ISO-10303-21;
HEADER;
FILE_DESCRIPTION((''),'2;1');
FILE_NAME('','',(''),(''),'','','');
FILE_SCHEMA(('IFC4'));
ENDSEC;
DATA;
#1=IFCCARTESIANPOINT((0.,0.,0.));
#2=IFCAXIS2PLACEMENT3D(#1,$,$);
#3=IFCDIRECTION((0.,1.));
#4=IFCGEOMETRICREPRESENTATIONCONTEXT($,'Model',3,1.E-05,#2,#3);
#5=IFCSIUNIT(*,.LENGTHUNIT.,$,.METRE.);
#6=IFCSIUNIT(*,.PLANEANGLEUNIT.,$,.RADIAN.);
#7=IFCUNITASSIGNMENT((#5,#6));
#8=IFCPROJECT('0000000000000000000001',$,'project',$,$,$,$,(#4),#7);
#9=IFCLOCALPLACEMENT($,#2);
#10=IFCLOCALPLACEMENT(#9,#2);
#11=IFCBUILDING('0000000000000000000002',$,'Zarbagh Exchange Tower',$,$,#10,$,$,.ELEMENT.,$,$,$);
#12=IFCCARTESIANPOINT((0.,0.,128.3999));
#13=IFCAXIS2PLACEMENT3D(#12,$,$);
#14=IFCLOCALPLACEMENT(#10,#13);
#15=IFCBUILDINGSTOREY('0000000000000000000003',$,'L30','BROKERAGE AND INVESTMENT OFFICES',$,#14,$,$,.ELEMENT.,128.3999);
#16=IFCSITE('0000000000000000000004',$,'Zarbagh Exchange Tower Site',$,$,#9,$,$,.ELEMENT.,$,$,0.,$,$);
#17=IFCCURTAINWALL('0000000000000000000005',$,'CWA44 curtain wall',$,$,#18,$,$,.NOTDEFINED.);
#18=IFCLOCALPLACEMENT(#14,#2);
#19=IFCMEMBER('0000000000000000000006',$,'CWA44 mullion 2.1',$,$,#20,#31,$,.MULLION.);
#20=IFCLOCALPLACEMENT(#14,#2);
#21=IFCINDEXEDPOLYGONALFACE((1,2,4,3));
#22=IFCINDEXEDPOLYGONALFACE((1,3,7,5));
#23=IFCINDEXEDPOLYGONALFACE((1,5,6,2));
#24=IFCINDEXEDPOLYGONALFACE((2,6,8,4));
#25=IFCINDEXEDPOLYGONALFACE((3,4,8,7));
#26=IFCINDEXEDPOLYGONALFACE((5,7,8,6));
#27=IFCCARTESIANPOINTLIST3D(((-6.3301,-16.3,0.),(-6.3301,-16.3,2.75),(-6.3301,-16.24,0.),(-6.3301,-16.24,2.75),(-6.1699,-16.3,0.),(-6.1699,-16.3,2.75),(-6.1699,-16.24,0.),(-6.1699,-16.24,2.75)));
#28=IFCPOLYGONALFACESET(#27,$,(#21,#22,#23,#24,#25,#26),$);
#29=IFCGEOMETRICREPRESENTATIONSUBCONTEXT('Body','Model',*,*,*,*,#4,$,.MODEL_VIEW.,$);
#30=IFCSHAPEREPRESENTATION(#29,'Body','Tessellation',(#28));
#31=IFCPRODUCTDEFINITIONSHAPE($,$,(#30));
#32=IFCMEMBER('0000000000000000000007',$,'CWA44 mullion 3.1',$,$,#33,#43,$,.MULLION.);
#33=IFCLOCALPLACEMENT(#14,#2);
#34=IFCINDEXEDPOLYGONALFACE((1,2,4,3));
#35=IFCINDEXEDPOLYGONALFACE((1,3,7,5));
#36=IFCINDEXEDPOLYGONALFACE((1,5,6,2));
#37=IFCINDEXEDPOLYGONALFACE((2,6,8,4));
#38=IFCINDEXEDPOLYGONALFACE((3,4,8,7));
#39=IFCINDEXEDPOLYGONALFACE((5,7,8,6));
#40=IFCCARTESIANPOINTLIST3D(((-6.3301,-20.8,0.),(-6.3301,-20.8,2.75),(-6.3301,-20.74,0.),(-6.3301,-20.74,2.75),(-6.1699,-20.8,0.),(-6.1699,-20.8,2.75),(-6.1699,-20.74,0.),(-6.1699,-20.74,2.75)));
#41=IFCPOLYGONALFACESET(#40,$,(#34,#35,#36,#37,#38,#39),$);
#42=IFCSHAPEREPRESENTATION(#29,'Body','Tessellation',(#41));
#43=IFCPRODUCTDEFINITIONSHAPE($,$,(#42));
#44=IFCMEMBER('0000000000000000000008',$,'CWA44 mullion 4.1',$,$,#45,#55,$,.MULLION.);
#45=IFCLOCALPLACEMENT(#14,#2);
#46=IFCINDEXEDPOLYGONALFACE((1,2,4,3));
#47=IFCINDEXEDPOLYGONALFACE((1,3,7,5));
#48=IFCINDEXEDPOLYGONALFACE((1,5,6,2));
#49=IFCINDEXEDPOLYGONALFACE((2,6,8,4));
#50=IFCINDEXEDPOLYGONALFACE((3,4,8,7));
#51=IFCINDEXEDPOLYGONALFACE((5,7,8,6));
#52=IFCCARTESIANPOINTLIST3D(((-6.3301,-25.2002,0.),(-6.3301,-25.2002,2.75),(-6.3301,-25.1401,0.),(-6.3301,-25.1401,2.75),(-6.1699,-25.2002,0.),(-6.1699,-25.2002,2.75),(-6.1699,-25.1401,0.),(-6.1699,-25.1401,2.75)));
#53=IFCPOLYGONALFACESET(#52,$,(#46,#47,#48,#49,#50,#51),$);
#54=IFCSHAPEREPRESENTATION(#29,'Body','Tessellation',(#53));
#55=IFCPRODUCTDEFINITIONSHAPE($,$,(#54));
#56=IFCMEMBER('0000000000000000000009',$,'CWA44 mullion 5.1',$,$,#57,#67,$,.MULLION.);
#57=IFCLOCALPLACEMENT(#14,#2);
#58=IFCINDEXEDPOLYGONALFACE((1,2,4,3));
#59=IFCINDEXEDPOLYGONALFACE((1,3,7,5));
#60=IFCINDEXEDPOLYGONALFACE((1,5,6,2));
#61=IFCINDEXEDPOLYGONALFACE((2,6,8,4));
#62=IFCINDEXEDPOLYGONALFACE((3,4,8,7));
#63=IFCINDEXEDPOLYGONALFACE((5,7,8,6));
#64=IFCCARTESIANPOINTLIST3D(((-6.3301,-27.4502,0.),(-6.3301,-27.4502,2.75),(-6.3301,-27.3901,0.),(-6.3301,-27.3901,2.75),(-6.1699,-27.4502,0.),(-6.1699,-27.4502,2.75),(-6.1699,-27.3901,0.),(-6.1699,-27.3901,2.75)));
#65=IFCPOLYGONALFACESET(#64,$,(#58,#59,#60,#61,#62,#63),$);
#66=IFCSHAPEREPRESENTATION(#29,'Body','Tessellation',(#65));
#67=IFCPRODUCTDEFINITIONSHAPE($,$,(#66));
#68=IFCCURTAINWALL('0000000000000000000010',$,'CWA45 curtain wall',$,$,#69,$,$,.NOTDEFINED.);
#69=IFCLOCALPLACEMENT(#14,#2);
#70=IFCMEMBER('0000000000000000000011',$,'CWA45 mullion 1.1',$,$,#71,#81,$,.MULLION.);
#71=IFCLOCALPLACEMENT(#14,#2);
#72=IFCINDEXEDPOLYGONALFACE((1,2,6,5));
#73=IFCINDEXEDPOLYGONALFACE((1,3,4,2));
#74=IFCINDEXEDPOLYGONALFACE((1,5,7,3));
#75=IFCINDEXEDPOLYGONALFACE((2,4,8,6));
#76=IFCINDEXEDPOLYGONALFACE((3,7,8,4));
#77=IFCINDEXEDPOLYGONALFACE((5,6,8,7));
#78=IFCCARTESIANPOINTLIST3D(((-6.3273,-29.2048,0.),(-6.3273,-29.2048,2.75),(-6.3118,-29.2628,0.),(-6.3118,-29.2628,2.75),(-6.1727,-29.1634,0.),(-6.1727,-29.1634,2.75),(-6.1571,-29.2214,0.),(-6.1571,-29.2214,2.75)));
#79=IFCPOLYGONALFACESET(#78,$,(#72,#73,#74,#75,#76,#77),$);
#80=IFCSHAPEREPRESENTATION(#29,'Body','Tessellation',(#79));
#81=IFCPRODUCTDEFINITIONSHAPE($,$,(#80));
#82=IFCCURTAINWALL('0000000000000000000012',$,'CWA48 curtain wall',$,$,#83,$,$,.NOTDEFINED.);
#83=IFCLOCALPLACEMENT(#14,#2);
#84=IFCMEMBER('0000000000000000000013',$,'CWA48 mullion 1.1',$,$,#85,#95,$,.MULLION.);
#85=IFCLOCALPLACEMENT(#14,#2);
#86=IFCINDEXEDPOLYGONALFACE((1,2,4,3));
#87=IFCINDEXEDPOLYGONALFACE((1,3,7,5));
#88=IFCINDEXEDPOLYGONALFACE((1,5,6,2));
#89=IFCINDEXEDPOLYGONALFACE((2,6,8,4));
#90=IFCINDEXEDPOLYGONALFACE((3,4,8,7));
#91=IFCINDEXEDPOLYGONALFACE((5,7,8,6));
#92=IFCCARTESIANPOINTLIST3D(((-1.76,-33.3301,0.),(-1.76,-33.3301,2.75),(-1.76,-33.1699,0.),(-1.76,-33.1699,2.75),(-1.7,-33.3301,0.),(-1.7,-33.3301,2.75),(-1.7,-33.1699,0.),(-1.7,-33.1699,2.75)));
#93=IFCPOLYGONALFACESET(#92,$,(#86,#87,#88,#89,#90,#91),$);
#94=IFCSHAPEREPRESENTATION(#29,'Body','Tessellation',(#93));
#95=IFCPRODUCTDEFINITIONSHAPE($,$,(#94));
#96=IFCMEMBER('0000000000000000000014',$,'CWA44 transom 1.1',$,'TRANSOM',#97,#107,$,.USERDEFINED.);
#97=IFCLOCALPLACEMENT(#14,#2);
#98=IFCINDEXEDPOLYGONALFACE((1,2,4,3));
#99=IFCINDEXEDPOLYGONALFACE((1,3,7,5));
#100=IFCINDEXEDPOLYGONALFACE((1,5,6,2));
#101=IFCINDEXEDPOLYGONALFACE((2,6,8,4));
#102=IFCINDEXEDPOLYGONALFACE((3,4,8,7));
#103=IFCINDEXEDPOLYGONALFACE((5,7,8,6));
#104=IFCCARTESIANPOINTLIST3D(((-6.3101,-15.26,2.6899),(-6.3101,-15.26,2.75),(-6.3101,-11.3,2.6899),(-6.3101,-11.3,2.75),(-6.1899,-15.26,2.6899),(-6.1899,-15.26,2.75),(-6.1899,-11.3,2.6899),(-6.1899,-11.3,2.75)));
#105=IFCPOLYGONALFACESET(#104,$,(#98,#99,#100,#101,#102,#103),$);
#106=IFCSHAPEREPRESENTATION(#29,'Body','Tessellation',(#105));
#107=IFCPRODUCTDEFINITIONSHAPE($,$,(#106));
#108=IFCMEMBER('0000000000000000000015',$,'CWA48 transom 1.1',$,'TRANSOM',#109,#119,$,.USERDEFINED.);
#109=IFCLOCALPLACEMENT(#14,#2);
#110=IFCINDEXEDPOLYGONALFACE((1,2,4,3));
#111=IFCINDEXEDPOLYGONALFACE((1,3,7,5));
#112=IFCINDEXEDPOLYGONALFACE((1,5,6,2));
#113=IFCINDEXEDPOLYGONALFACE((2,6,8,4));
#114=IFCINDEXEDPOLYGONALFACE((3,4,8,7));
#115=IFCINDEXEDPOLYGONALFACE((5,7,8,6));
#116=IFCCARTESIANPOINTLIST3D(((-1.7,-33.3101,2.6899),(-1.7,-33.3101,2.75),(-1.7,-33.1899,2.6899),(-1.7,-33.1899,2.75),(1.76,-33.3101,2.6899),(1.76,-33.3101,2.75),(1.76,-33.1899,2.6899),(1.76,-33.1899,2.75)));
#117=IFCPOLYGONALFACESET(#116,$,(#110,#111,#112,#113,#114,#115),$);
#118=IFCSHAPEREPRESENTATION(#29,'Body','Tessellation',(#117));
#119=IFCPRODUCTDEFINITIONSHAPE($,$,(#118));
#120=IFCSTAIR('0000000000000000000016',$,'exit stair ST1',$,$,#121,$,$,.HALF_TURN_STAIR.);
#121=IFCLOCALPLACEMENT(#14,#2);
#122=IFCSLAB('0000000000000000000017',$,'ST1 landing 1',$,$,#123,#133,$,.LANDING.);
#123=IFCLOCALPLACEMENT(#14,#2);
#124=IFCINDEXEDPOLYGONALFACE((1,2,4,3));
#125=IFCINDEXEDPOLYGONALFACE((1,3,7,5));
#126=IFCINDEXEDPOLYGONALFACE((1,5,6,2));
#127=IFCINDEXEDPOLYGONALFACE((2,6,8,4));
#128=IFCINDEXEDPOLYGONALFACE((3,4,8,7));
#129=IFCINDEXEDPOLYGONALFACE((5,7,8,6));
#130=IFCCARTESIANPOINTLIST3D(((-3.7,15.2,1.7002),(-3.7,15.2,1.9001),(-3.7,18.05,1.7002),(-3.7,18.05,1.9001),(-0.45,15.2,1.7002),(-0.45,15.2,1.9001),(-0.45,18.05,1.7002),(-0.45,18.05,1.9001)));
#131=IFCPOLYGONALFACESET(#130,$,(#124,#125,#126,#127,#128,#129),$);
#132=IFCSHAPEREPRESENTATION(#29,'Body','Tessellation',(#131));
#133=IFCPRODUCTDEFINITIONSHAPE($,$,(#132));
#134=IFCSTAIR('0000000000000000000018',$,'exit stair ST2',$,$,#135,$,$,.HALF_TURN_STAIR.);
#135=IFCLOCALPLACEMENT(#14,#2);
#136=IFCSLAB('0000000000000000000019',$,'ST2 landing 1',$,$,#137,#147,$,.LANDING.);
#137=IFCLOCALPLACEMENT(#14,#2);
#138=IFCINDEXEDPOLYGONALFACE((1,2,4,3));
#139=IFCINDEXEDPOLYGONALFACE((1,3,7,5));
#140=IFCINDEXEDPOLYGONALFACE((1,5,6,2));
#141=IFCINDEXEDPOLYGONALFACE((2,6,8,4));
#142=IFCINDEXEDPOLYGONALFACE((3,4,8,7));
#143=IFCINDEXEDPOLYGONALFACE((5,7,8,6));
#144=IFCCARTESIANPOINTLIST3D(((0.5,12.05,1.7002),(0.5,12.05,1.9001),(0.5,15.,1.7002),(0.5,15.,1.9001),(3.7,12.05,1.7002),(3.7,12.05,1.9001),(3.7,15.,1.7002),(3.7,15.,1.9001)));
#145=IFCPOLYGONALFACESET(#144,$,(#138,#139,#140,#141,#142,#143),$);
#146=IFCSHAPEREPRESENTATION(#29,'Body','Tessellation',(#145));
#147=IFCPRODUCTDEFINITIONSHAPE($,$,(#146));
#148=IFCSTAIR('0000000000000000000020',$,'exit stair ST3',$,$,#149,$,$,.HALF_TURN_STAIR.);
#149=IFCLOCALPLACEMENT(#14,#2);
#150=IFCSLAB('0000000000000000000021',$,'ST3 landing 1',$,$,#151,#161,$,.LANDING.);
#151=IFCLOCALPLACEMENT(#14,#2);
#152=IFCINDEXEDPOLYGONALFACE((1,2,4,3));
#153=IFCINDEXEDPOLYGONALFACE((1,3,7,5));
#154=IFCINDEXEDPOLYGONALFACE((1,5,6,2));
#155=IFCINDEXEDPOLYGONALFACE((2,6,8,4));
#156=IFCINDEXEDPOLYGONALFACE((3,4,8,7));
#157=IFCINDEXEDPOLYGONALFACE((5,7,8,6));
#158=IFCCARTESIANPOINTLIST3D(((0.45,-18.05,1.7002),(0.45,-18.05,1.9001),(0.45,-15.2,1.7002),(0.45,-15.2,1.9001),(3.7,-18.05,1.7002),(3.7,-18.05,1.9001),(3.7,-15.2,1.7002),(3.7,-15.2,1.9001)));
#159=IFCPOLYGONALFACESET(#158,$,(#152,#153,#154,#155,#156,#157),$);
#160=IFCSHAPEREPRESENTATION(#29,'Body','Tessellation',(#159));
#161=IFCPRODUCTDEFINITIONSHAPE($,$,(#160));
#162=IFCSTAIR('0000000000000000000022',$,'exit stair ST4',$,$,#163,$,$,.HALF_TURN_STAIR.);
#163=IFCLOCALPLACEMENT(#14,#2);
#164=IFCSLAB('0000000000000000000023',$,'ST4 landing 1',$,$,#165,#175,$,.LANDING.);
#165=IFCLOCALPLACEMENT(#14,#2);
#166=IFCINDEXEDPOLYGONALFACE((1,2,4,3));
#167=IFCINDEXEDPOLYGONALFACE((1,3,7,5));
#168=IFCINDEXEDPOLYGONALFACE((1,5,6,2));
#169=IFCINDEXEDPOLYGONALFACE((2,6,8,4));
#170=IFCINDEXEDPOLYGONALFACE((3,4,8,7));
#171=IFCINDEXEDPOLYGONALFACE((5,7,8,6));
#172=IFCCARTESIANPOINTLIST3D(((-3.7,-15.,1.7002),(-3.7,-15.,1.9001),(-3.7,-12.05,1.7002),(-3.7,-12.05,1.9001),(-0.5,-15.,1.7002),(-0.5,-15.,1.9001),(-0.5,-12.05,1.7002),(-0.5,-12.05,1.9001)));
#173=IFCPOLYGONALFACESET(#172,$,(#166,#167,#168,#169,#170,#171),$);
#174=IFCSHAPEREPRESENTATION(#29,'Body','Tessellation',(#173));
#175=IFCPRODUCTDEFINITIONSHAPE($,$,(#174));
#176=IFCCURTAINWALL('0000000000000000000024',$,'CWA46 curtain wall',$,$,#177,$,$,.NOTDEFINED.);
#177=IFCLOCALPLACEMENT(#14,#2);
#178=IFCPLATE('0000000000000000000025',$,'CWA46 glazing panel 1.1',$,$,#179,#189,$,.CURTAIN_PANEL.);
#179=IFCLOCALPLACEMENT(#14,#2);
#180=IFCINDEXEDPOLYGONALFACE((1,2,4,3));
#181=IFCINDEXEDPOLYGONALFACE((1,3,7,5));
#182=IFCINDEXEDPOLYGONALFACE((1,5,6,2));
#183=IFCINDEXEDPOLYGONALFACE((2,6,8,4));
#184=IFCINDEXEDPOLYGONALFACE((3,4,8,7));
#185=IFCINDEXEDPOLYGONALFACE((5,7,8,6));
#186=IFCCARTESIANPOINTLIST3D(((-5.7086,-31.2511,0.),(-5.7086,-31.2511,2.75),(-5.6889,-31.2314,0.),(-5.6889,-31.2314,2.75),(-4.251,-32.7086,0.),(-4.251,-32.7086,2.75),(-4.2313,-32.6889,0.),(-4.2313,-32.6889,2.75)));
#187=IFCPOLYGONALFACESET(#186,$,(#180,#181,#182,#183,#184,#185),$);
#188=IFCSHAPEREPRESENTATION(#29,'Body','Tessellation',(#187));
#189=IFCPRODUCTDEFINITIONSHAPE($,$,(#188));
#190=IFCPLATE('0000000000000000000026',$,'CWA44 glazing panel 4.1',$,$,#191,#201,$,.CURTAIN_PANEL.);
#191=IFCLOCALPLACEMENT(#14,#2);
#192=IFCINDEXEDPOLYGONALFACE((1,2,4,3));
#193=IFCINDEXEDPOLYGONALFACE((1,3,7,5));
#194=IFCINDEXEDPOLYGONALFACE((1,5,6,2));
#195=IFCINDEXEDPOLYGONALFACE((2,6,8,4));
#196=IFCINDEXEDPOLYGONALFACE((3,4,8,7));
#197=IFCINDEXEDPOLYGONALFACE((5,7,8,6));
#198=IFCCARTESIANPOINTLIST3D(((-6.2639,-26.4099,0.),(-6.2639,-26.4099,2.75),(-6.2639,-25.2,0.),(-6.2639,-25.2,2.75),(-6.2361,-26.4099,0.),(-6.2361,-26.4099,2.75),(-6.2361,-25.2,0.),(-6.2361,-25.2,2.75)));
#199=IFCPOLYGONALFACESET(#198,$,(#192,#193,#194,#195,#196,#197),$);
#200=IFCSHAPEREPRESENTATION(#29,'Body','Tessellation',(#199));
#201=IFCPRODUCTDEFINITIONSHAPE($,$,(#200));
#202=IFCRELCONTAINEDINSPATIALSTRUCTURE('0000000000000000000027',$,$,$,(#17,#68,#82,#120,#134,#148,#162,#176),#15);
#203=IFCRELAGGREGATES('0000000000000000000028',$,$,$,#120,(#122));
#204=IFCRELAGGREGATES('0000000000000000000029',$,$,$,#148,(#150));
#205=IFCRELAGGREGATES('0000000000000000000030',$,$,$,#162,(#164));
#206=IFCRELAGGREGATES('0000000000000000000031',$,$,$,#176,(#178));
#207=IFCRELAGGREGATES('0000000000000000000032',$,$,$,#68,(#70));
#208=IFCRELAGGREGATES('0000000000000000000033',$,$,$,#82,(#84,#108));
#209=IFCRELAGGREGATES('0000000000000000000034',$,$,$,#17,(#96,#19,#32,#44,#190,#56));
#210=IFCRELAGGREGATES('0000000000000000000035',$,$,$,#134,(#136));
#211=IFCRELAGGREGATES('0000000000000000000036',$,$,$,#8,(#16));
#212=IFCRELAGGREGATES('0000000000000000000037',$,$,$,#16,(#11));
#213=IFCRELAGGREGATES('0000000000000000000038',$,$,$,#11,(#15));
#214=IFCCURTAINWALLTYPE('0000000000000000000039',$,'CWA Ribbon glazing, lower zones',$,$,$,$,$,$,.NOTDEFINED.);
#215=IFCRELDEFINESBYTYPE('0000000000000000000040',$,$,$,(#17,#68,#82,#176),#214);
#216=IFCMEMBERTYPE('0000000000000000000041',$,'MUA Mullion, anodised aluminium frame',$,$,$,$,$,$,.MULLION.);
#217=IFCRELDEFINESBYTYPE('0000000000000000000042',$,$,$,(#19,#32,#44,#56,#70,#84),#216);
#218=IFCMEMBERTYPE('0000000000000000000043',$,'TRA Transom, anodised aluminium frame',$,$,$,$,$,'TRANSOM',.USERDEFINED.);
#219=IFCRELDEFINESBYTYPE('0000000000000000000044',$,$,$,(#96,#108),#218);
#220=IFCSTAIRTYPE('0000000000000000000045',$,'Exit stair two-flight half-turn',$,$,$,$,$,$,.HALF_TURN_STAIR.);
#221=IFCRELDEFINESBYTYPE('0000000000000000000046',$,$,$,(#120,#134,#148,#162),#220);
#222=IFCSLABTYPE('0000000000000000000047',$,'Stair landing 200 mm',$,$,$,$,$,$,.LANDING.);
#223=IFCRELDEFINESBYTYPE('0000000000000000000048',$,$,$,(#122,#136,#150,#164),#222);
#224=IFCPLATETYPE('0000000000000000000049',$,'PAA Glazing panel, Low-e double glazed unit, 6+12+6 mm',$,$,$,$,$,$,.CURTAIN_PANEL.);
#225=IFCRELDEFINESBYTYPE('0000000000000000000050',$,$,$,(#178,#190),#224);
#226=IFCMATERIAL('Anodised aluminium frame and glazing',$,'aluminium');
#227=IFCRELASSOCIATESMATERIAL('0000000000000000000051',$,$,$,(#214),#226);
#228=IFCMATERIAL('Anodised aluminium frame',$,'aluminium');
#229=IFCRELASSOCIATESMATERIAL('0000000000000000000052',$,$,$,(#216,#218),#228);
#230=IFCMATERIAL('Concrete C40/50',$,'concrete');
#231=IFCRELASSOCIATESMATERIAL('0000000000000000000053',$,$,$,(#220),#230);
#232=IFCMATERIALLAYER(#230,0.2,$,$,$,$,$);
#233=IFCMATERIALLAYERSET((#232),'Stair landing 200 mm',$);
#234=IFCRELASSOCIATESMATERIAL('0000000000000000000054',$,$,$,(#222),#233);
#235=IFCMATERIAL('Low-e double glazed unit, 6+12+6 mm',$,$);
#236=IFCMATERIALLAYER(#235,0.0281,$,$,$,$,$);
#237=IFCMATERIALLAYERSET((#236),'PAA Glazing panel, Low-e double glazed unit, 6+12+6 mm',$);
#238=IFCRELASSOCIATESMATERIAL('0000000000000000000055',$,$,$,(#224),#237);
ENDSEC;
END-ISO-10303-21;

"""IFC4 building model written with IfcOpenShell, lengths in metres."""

from ifc_helpers import new_model, si_unit, direction, frame, origin, place, context, subcontext, project, spatial, polyline, outline, extrude, source, transform, mapped, material, layer, layer_set, type_object, element, aggregate, save


model = new_model("IFC4")

# Units and contexts
model_context = context("Model", 3, precision=1e-05, world=origin(), true_north=direction((0.0, 1.0)))
body_context = subcontext(model_context, "Body", "Model", "MODEL_VIEW")
ifc_project = project(units=[si_unit("LENGTHUNIT", "METRE"), si_unit("PLANEANGLEUNIT", "RADIAN")], contexts=[model_context])

# Site, building, storey
site_placement = place(None, origin())
site = spatial("IfcSite", under=ifc_project, at=site_placement, Name="Zarbagh Exchange Tower Site", CompositionType="ELEMENT", RefElevation=0.0)
building_placement = place(site_placement, origin())
building = spatial("IfcBuilding", under=site, at=building_placement, Name="Zarbagh Exchange Tower", CompositionType="ELEMENT")
storey_placement = place(building_placement, frame((0.0, 0.0, 128.3999)))
storey = spatial("IfcBuildingStorey", under=building, at=storey_placement, Name="L30", Description="BROKERAGE AND INVESTMENT OFFICES", CompositionType="ELEMENT", Elevation=128.3999)

# Curtain wall, members
ifc_material_1 = material(Name="Anodised aluminium frame and glazing", Category="aluminium")
curtain_wall_type = type_object("IfcCurtainWallType", Name="CWA Ribbon glazing, lower zones", PredefinedType="NOTDEFINED", material=ifc_material_1)
curtain_wall_1_placement = place(storey_placement, origin())
curtain_wall_1 = element("IfcCurtainWall", 1, at=curtain_wall_1_placement, inside=storey, type_object=curtain_wall_type, Name="CWA44 curtain wall", PredefinedType="NOTDEFINED")
ifc_material_2 = material(Name="Anodised aluminium frame", Category="aluminium")
member_type_1 = type_object("IfcMemberType", Name="MUA Mullion, anodised aluminium frame", PredefinedType="MULLION", material=ifc_material_2)
shared_shape_1 = source(origin(), body_context, "Body", "SweptSolid", [
    extrude(outline(polyline([(0.0, -0.0801), (0.0601, -0.0801), (0.0601, 0.0801), (0.0, 0.0801), (0.0, -0.0801)])), origin(), (0.0, 0.0, 1.0), 2.75),
])
placement = place(storey_placement, origin())
member_1 = element("IfcMember", 2, at=placement, type_object=member_type_1, Name="CWA44 mullion 2.1", PredefinedType="MULLION", context=body_context, shape_type="MappedRepresentation", body=[
    mapped(shared_shape_1, transform((-6.25, -16.24, 0.0), x_axis=(0.0, -1.0, 0.0), y_axis=(1.0, 0.0, 0.0), z_axis=(0.0, 0.0, 1.0))),
])
member_2 = element("IfcMember", 3, at=placement, type_object=member_type_1, Name="CWA44 mullion 3.1", PredefinedType="MULLION", context=body_context, shape_type="MappedRepresentation", body=[
    mapped(shared_shape_1, transform((-6.25, -20.74, 0.0), x_axis=(0.0, -1.0, 0.0), y_axis=(1.0, 0.0, 0.0), z_axis=(0.0, 0.0, 1.0))),
])
member_3 = element("IfcMember", 4, at=placement, type_object=member_type_1, Name="CWA44 mullion 4.1", PredefinedType="MULLION", context=body_context, shape_type="MappedRepresentation", body=[
    mapped(shared_shape_1, transform((-6.25, -25.1401, 0.0), x_axis=(0.0, -1.0, 0.0), y_axis=(1.0, 0.0, 0.0), z_axis=(0.0, 0.0, 1.0))),
])
member_4 = element("IfcMember", 5, at=placement, type_object=member_type_1, Name="CWA44 mullion 5.1", PredefinedType="MULLION", context=body_context, shape_type="MappedRepresentation", body=[
    mapped(shared_shape_1, transform((-6.25, -27.3901, 0.0), x_axis=(0.0, -1.0, 0.0), y_axis=(1.0, 0.0, 0.0), z_axis=(0.0, 0.0, 1.0))),
])

# Curtain walls, members
curtain_wall_2_placement = place(storey_placement, origin())
curtain_wall_2 = element("IfcCurtainWall", 6, at=curtain_wall_2_placement, inside=storey, type_object=curtain_wall_type, Name="CWA45 curtain wall", PredefinedType="NOTDEFINED")
member_5 = element("IfcMember", 7, at=placement, type_object=member_type_1, Name="CWA45 mullion 1.1", PredefinedType="MULLION", context=body_context, shape_type="MappedRepresentation", body=[
    mapped(shared_shape_1, transform((-6.25, -29.1841, 0.0), x_axis=(0.258825, -0.965924, 0.0), y_axis=(0.965924, 0.258825, 0.0), z_axis=(0.0, 0.0, 1.0))),
])
curtain_wall_3_placement = place(storey_placement, origin())
curtain_wall_3 = element("IfcCurtainWall", 8, at=curtain_wall_3_placement, inside=storey, type_object=curtain_wall_type, Name="CWA48 curtain wall", PredefinedType="NOTDEFINED")
member_6 = element("IfcMember", 9, at=placement, type_object=member_type_1, Name="CWA48 mullion 1.1", PredefinedType="MULLION", context=body_context, shape_type="MappedRepresentation", body=[
    mapped(shared_shape_1, transform((-1.76, -33.25, 0.0), x_axis=(1.0, 0.0, 0.0), y_axis=(0.0, 1.0, 0.0), z_axis=(0.0, 0.0, 1.0))),
])

# Members
member_type_2 = type_object("IfcMemberType", Name="TRA Transom, anodised aluminium frame", ElementType="TRANSOM", PredefinedType="USERDEFINED", material=ifc_material_2)
shared_shape_2 = source(origin(), body_context, "Body", "SweptSolid", [
    extrude(outline(polyline([(-0.0601, -0.0601), (0.0, -0.0601), (0.0, 0.0601), (-0.0601, 0.0601), (-0.0601, -0.0601)])), origin(), (0.0, 0.0, 1.0), 3.96),
])
member_7 = element("IfcMember", 10, at=placement, type_object=member_type_2, Name="CWA44 transom 1.1", ObjectType="TRANSOM", PredefinedType="USERDEFINED", context=body_context, shape_type="MappedRepresentation", body=[
    mapped(shared_shape_2, transform((-6.25, -11.3, 2.75), x_axis=(0.0, 0.0, 1.0), y_axis=(-1.0, 0.0, 0.0), z_axis=(0.0, -1.0, 0.0))),
])
shared_shape_3 = source(origin(), body_context, "Body", "SweptSolid", [
    extrude(outline(polyline([(-0.0601, -0.0601), (0.0, -0.0601), (0.0, 0.0601), (-0.0601, 0.0601), (-0.0601, -0.0601)])), origin(), (0.0, 0.0, 1.0), 3.46),
])
member_8 = element("IfcMember", 11, at=placement, type_object=member_type_2, Name="CWA48 transom 1.1", ObjectType="TRANSOM", PredefinedType="USERDEFINED", context=body_context, shape_type="MappedRepresentation", body=[
    mapped(shared_shape_3, transform((-1.7, -33.25, 2.75), x_axis=(0.0, 0.0, 1.0), y_axis=(0.0, -1.0, 0.0), z_axis=(1.0, 0.0, 0.0))),
])

# Stairs, slabs
ifc_material_3 = material(Name="Concrete C40/50", Category="concrete")
stair_type = type_object("IfcStairType", Name="Exit stair two-flight half-turn", PredefinedType="HALF_TURN_STAIR", material=ifc_material_3)
stair_1_placement = place(storey_placement, origin())
stair_1 = element("IfcStair", 12, at=stair_1_placement, inside=storey, type_object=stair_type, Name="exit stair ST1", PredefinedType="HALF_TURN_STAIR")
ifc_layer_1 = layer(ifc_material_3, 0.2)
ifc_layer_set_1 = layer_set([ifc_layer_1], Name="Stair landing 200 mm")
slab_type = type_object("IfcSlabType", Name="Stair landing 200 mm", PredefinedType="LANDING", material=ifc_layer_set_1)
slab_1_placement = place(storey_placement, frame((0.0, 0.0, 1.7002)))
slab_1 = element("IfcSlab", 13, at=slab_1_placement, type_object=slab_type, Name="ST1 landing 1", PredefinedType="LANDING", context=body_context, shape_type="SweptSolid", body=[
    extrude(outline(polyline([(-0.45, 18.05), (-3.7, 18.05), (-3.7, 15.2), (-0.45, 15.2), (-0.45, 18.05)])), origin(), (0.0, 0.0, 1.0), 0.2),
])
aggregate(stair_1, [slab_1])
stair_2_placement = place(storey_placement, origin())
stair_2 = element("IfcStair", 14, at=stair_2_placement, inside=storey, type_object=stair_type, Name="exit stair ST2", PredefinedType="HALF_TURN_STAIR")
slab_2_placement = place(storey_placement, frame((0.0, 0.0, 1.7002)))
slab_2 = element("IfcSlab", 15, at=slab_2_placement, type_object=slab_type, Name="ST2 landing 1", PredefinedType="LANDING", context=body_context, shape_type="SweptSolid", body=[
    extrude(outline(polyline([(0.5, 12.05), (3.7, 12.05), (3.7, 15.0), (0.5, 15.0), (0.5, 12.05)])), origin(), (0.0, 0.0, 1.0), 0.2),
])
stair_3_placement = place(storey_placement, origin())
stair_3 = element("IfcStair", 16, at=stair_3_placement, inside=storey, type_object=stair_type, Name="exit stair ST3", PredefinedType="HALF_TURN_STAIR")
slab_3_placement = place(storey_placement, frame((0.0, 0.0, 1.7002)))
slab_3 = element("IfcSlab", 17, at=slab_3_placement, type_object=slab_type, Name="ST3 landing 1", PredefinedType="LANDING", context=body_context, shape_type="SweptSolid", body=[
    extrude(outline(polyline([(0.45, -18.05), (3.7, -18.05), (3.7, -15.2), (0.45, -15.2), (0.45, -18.05)])), origin(), (0.0, 0.0, 1.0), 0.2),
])
aggregate(stair_3, [slab_3])
stair_4_placement = place(storey_placement, origin())
stair_4 = element("IfcStair", 18, at=stair_4_placement, inside=storey, type_object=stair_type, Name="exit stair ST4", PredefinedType="HALF_TURN_STAIR")
slab_4_placement = place(storey_placement, frame((0.0, 0.0, 1.7002)))
slab_4 = element("IfcSlab", 19, at=slab_4_placement, type_object=slab_type, Name="ST4 landing 1", PredefinedType="LANDING", context=body_context, shape_type="SweptSolid", body=[
    extrude(outline(polyline([(-0.5, -12.05), (-3.7, -12.05), (-3.7, -15.0), (-0.5, -15.0), (-0.5, -12.05)])), origin(), (0.0, 0.0, 1.0), 0.2),
])
aggregate(stair_4, [slab_4])

# Curtain wall, plate
curtain_wall_4_placement = place(storey_placement, origin())
curtain_wall_4 = element("IfcCurtainWall", 20, at=curtain_wall_4_placement, inside=storey, type_object=curtain_wall_type, Name="CWA46 curtain wall", PredefinedType="NOTDEFINED")
ifc_material_4 = material(Name="Low-e double glazed unit, 6+12+6 mm")
ifc_layer_2 = layer(ifc_material_4, 0.0281)
ifc_layer_set_2 = layer_set([ifc_layer_2], Name="PAA Glazing panel, Low-e double glazed unit, 6+12+6 mm")
plate_type = type_object("IfcPlateType", Name="PAA Glazing panel, Low-e double glazed unit, 6+12+6 mm", PredefinedType="CURTAIN_PANEL", material=ifc_layer_set_2)
shared_shape_4 = source(origin(), body_context, "Body", "SweptSolid", [
    extrude(outline(polyline([(0.0, -0.0139), (2.0613, -0.0139), (2.0613, 0.0139), (0.0, 0.0139), (0.0, -0.0139)])), origin(), (0.0, 0.0, 1.0), 2.75),
])
plate_1 = element("IfcPlate", 21, at=placement, type_object=plate_type, Name="CWA46 glazing panel 1.1", PredefinedType="CURTAIN_PANEL", context=body_context, shape_type="MappedRepresentation", body=[
    mapped(shared_shape_4, transform((-5.6987, -31.2412, 0.0), x_axis=(0.707107, -0.707107, 0.0), y_axis=(0.707107, 0.707107, 0.0), z_axis=(0.0, 0.0, 1.0))),
])
aggregate(curtain_wall_4, [plate_1])

# Plate
shared_shape_5 = source(origin(), body_context, "Body", "SweptSolid", [
    extrude(outline(polyline([(0.0, -0.0139), (1.21, -0.0139), (1.21, 0.0139), (0.0, 0.0139), (0.0, -0.0139)])), origin(), (0.0, 0.0, 1.0), 2.75),
])
plate_2 = element("IfcPlate", 22, at=placement, type_object=plate_type, Name="CWA44 glazing panel 4.1", PredefinedType="CURTAIN_PANEL", context=body_context, shape_type="MappedRepresentation", body=[
    mapped(shared_shape_5, transform((-6.25, -25.2, 0.0), x_axis=(0.0, -1.0, 0.0), y_axis=(1.0, 0.0, 0.0), z_axis=(0.0, 0.0, 1.0))),
])
aggregate(curtain_wall_2, [member_5])

aggregate(curtain_wall_3, [member_6, member_8])
aggregate(curtain_wall_1, [member_7, member_1, member_2, member_3, plate_2, member_4])

aggregate(stair_2, [slab_2])

save(model, "model.ifc")
